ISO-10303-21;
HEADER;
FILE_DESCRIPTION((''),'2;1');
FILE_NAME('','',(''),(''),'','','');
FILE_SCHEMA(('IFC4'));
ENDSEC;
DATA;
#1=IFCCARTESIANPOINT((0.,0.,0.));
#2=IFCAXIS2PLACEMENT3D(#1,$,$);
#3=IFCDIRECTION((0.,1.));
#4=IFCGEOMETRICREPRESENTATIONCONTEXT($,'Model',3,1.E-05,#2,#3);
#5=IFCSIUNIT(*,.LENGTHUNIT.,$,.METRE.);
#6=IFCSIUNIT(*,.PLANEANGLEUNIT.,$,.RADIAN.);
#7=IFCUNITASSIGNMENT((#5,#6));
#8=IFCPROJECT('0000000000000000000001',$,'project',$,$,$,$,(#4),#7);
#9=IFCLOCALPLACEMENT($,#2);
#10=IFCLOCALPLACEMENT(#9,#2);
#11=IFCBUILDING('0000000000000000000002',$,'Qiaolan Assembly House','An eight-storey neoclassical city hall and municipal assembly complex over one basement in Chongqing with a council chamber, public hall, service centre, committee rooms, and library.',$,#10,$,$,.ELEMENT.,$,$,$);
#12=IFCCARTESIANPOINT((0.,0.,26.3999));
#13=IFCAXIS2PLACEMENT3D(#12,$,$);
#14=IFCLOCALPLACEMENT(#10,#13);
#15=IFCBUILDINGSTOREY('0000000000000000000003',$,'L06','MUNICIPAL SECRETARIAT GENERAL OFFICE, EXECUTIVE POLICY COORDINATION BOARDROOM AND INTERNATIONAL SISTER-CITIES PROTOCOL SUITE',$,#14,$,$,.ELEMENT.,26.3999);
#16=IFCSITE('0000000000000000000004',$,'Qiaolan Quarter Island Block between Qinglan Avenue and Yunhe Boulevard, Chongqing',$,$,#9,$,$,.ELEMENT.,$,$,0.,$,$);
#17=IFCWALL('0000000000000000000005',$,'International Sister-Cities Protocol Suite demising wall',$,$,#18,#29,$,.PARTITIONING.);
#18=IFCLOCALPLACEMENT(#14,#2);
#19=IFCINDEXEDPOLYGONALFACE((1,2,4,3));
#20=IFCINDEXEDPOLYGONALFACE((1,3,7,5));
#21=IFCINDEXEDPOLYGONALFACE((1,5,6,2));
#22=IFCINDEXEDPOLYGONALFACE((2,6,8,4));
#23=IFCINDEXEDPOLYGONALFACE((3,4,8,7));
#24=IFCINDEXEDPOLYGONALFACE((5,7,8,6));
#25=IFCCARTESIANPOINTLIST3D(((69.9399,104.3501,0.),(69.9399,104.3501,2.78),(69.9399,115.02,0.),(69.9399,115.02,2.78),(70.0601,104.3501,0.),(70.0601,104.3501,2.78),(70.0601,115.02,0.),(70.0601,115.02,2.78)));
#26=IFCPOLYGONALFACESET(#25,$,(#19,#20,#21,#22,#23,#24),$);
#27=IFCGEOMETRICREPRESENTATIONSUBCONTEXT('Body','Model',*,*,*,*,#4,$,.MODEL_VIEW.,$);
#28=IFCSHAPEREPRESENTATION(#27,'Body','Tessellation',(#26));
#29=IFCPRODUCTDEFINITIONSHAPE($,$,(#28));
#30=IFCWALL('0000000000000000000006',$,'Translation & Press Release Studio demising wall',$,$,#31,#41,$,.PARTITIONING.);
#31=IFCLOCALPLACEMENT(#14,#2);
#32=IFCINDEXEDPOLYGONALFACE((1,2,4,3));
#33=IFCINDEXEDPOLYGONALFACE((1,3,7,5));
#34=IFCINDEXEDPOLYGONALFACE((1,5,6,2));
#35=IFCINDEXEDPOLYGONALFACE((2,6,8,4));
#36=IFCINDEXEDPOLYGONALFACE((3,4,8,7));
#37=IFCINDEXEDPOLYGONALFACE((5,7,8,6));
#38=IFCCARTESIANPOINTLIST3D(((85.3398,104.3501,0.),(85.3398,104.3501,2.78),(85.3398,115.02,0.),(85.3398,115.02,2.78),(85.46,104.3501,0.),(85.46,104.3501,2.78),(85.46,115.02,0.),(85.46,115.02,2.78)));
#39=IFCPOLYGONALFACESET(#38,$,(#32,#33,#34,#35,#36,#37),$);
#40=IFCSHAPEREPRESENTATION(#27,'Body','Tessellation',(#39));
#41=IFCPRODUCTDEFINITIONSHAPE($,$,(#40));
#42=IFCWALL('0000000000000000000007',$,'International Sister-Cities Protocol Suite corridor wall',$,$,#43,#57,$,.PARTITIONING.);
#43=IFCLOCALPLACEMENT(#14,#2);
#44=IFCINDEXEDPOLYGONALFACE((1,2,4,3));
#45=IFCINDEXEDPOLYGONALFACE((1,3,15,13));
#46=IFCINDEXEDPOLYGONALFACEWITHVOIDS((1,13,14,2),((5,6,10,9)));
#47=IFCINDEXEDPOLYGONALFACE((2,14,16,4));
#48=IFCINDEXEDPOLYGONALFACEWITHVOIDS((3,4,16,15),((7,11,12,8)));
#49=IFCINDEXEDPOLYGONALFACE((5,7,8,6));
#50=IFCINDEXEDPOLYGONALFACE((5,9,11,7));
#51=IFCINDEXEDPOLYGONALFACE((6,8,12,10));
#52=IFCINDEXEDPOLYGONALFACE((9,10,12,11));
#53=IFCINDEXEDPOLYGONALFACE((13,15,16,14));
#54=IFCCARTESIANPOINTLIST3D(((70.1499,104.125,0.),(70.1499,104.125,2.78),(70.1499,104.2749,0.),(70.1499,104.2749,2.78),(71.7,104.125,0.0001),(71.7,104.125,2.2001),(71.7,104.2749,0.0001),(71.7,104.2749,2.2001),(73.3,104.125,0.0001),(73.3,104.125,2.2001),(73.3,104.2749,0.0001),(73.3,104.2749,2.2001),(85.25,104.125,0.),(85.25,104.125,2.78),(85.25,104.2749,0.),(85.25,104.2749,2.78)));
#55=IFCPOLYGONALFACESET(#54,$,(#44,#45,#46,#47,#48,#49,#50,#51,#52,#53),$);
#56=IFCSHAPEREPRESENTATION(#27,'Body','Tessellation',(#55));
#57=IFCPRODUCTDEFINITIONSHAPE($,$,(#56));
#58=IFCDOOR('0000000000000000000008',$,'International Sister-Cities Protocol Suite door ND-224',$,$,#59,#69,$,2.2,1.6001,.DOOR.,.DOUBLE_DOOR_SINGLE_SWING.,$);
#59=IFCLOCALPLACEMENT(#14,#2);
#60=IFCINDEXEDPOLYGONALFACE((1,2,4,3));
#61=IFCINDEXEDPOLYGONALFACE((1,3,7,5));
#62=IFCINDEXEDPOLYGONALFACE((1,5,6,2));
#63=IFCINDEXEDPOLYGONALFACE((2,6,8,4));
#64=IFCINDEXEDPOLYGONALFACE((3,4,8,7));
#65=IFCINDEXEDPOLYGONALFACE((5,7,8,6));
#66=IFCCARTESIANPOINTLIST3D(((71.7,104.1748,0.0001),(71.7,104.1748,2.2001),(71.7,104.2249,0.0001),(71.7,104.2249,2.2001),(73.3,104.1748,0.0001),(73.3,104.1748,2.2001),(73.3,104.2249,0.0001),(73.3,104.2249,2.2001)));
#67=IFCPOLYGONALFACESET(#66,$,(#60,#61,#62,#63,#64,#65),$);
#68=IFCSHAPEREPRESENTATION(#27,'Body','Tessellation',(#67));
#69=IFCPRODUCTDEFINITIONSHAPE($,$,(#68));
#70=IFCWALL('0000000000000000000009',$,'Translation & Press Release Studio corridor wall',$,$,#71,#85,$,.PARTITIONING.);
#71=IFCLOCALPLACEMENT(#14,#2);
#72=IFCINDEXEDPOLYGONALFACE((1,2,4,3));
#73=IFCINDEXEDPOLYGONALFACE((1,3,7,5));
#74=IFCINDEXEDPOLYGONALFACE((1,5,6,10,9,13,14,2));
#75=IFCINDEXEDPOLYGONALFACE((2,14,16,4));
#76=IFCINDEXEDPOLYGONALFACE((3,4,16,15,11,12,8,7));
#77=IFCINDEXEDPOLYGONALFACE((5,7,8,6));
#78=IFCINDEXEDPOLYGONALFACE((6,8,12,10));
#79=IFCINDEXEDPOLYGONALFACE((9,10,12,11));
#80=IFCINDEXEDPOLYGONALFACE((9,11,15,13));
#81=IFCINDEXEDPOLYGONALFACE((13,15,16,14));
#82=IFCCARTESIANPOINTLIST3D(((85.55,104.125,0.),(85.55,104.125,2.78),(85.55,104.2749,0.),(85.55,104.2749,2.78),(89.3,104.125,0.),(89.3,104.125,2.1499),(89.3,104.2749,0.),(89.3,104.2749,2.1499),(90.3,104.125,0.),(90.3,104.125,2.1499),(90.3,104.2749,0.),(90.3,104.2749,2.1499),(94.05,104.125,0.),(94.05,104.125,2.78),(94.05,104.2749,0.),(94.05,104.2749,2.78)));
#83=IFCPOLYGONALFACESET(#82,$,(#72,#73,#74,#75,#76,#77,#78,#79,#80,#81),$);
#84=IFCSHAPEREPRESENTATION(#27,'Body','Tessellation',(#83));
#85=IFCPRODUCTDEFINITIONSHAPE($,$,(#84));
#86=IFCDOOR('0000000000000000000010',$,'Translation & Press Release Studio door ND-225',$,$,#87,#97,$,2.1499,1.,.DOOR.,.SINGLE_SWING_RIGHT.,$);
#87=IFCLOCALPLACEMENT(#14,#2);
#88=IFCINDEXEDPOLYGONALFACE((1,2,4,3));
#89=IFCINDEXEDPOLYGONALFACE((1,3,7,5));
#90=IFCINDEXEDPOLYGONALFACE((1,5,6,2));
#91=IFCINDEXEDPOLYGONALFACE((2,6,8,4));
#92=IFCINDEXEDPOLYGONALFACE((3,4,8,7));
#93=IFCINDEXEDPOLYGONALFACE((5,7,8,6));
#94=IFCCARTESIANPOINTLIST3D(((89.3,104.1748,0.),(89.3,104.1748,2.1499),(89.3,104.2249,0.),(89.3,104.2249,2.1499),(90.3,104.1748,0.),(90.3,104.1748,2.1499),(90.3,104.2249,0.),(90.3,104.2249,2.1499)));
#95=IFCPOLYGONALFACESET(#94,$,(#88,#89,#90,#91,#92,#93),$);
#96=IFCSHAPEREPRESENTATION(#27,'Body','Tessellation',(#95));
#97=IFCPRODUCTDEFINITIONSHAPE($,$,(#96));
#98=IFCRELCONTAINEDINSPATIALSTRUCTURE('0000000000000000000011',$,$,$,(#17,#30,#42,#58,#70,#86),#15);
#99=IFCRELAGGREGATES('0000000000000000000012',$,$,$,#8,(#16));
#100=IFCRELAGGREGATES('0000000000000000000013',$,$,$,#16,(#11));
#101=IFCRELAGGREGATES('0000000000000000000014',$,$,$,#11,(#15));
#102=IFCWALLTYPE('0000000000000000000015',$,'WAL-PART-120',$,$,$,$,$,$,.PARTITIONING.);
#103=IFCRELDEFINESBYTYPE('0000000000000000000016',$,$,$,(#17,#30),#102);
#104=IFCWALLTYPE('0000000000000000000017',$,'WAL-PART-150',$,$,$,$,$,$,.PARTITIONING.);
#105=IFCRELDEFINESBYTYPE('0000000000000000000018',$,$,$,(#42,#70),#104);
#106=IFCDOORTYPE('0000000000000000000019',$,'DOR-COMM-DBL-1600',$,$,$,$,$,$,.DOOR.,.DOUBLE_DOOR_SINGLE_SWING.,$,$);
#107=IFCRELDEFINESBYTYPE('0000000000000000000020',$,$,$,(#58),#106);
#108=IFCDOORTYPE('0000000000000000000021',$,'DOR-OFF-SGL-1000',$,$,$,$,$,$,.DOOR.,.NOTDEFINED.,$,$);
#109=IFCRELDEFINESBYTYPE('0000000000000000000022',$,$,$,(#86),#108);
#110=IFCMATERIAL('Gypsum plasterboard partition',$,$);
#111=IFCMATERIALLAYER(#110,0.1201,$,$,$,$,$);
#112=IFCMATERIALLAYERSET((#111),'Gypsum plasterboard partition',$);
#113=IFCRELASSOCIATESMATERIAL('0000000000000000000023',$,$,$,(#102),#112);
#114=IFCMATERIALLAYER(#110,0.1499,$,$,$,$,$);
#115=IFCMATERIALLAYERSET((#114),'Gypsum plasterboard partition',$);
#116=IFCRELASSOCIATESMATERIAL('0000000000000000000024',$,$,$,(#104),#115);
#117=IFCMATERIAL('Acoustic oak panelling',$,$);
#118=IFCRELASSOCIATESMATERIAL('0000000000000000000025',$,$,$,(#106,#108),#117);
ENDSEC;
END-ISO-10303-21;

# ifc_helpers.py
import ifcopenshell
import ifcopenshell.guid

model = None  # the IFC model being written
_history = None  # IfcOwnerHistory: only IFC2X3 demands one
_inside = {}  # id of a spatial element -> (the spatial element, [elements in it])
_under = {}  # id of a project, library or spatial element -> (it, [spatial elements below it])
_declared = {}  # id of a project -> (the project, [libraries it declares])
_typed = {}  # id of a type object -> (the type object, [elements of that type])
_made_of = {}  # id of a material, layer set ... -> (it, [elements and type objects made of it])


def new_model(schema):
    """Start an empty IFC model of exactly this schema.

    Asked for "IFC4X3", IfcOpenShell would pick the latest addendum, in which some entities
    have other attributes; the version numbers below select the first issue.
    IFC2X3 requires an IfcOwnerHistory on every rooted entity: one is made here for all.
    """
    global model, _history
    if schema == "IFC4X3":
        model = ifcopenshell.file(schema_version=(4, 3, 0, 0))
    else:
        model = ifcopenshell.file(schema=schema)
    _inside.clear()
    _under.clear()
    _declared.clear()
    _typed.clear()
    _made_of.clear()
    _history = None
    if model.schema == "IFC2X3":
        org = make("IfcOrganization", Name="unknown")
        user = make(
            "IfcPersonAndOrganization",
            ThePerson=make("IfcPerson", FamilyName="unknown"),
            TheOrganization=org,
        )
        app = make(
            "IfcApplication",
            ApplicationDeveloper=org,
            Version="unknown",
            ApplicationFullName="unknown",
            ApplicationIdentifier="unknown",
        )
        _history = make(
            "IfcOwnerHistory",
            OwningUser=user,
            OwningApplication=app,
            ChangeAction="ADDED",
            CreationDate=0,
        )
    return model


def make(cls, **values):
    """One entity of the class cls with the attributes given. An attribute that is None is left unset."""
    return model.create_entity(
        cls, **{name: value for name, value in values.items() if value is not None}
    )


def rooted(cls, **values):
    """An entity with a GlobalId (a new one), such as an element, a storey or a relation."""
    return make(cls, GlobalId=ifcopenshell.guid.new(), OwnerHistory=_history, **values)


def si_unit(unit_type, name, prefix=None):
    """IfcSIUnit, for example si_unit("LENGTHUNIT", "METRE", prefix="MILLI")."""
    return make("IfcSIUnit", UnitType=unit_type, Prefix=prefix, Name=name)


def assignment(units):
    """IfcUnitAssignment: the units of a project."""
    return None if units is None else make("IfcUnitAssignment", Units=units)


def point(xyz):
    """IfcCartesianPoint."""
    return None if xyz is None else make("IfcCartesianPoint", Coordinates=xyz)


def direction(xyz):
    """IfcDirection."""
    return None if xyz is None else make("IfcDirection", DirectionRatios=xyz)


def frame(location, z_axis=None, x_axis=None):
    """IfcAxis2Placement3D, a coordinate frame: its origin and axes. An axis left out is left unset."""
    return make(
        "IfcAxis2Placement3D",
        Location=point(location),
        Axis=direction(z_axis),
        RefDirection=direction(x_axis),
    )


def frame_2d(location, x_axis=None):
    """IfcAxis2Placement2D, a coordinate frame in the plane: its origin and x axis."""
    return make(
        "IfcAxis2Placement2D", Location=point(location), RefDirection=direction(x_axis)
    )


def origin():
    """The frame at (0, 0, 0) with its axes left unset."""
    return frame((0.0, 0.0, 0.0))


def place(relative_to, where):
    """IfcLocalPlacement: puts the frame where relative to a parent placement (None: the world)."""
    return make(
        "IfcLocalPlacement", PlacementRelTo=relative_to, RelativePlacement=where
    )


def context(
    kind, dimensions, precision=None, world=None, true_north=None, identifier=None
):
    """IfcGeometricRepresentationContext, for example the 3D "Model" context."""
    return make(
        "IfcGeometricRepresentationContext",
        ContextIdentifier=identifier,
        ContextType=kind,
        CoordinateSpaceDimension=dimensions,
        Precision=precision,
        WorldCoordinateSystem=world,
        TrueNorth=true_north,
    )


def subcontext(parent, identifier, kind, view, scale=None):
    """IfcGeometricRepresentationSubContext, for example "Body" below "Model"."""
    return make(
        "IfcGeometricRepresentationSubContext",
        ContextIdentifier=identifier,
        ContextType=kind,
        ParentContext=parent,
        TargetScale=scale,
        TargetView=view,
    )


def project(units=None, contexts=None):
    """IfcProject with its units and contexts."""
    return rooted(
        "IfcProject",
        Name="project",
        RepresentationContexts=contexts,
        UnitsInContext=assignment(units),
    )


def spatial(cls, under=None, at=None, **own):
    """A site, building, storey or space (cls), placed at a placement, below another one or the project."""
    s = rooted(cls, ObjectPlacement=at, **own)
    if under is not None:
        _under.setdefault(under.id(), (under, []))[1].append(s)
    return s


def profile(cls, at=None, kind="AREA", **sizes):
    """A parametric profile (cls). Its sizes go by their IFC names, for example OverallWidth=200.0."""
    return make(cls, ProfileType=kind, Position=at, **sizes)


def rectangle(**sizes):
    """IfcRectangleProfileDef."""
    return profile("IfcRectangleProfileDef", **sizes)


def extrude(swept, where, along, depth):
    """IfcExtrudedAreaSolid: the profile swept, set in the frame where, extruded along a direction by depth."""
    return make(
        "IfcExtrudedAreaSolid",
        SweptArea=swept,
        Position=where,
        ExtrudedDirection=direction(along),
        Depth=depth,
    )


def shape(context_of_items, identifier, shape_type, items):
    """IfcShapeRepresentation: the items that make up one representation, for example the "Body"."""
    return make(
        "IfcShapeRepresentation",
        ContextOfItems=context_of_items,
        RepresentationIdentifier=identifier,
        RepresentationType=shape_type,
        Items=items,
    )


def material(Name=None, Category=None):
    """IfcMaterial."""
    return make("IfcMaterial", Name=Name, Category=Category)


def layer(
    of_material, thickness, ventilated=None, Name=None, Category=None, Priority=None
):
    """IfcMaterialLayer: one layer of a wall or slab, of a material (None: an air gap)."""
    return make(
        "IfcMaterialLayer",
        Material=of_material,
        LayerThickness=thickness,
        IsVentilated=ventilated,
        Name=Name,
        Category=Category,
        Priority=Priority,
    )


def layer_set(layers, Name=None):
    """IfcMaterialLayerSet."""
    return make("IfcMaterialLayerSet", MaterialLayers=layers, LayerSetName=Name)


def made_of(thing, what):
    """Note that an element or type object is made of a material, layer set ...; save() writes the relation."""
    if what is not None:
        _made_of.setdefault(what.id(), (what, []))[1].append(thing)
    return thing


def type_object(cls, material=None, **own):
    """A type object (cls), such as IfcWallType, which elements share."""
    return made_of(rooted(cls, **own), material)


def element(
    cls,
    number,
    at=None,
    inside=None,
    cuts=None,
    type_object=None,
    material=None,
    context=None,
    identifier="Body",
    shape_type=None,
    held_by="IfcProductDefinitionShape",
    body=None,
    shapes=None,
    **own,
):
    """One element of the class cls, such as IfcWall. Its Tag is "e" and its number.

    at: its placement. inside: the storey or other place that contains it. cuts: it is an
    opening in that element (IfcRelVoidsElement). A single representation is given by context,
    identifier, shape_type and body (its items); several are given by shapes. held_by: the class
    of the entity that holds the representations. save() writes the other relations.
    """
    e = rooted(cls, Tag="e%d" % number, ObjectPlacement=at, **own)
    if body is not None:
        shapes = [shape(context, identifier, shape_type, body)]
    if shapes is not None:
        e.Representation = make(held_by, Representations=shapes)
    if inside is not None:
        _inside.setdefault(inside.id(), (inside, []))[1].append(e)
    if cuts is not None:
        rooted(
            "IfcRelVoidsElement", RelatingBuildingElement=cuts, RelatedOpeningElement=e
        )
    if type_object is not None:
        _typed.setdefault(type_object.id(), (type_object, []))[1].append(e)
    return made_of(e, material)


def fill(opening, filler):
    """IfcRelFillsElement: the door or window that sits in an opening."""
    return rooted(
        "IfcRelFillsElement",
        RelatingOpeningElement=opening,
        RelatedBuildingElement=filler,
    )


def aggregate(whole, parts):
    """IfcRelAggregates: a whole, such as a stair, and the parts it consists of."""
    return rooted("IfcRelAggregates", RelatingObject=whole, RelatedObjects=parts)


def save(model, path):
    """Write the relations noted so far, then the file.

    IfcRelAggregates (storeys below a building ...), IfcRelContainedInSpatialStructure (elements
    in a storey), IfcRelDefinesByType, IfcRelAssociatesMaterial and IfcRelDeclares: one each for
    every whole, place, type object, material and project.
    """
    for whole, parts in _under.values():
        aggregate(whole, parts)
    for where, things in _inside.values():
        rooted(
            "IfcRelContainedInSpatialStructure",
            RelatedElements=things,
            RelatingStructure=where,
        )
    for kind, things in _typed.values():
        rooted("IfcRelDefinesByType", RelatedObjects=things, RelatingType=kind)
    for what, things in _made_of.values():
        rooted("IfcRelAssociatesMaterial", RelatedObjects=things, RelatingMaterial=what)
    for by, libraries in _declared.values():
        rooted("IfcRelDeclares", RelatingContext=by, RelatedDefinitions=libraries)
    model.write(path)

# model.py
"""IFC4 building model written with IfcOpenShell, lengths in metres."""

from ifc_helpers import new_model, si_unit, direction, frame, frame_2d, origin, place, context, subcontext, project, spatial, rectangle, extrude, material, layer, layer_set, type_object, element, fill, save


model = new_model("IFC4")

# Units and contexts
model_context = context("Model", 3, precision=1e-05, world=origin(), true_north=direction((0.0, 1.0)))
body_context = subcontext(model_context, "Body", "Model", "MODEL_VIEW")
ifc_project = project(units=[si_unit("LENGTHUNIT", "METRE"), si_unit("PLANEANGLEUNIT", "RADIAN")], contexts=[model_context])

# Site, building, storey
site_placement = place(None, origin())
site = spatial("IfcSite", under=ifc_project, at=site_placement, Name="Qiaolan Quarter Island Block between Qinglan Avenue and Yunhe Boulevard, Chongqing", CompositionType="ELEMENT", RefElevation=0.0)
building_placement = place(site_placement, origin())
building = spatial("IfcBuilding", under=site, at=building_placement, Name="Qiaolan Assembly House", Description="An eight-storey neoclassical city hall and municipal assembly complex over one basement in Chongqing with a council chamber, public hall, service centre, committee rooms, and library.", CompositionType="ELEMENT")
storey_placement = place(building_placement, frame((0.0, 0.0, 26.3999)))
storey = spatial("IfcBuildingStorey", under=building, at=storey_placement, Name="L06", Description="MUNICIPAL SECRETARIAT GENERAL OFFICE, EXECUTIVE POLICY COORDINATION BOARDROOM AND INTERNATIONAL SISTER-CITIES PROTOCOL SUITE", CompositionType="ELEMENT", Elevation=26.3999)

# Walls
ifc_material_1 = material(Name="Gypsum plasterboard partition")
ifc_layer_1 = layer(ifc_material_1, 0.1201)
ifc_layer_set_1 = layer_set([ifc_layer_1], Name="Gypsum plasterboard partition")
wall_type_1 = type_object("IfcWallType", Name="WAL-PART-120", PredefinedType="PARTITIONING", material=ifc_layer_set_1)
for number, where, z_axis, x_axis, name in (
    (1, (70.0, 104.3501, 0.0), (0.0, 0.0, 1.0), (0.0, 1.0, 0.0), "International Sister-Cities Protocol Suite demising wall"),
    (2, (85.3999, 104.3501, 0.0), (0.0, 0.0, 1.0), (0.0, 1.0, 0.0), "Translation & Press Release Studio demising wall"),
):
    element("IfcWall", number, at=place(storey_placement, frame(where, z_axis=z_axis, x_axis=x_axis)), inside=storey, type_object=wall_type_1, Name=name, PredefinedType="PARTITIONING", context=body_context, shape_type="SweptSolid", body=[
        extrude(rectangle(XDim=10.6699, YDim=0.1201, at=frame_2d((5.335, 0.0))), origin(), (0.0, 0.0, 1.0), 2.78),
    ])

# Walls, openings, doors
ifc_layer_2 = layer(ifc_material_1, 0.1499)
ifc_layer_set_2 = layer_set([ifc_layer_2], Name="Gypsum plasterboard partition")
wall_type_2 = type_object("IfcWallType", Name="WAL-PART-150", PredefinedType="PARTITIONING", material=ifc_layer_set_2)
wall_1_placement = place(storey_placement, frame((70.1499, 104.2, 0.0), z_axis=(0.0, 0.0, 1.0), x_axis=(1.0, 0.0, 0.0)))
wall_1 = element("IfcWall", 3, at=wall_1_placement, inside=storey, type_object=wall_type_2, Name="International Sister-Cities Protocol Suite corridor wall", PredefinedType="PARTITIONING", context=body_context, shape_type="SweptSolid", body=[
    extrude(rectangle(XDim=15.1001, YDim=0.1499, at=frame_2d((7.55, 0.0))), origin(), (0.0, 0.0, 1.0), 2.78),
])
opening_1_placement = place(wall_1_placement, frame((1.55, 0.0, 0.0)))
opening_1 = element("IfcOpeningElement", 4, at=opening_1_placement, cuts=wall_1, PredefinedType="OPENING", context=body_context, shape_type="SweptSolid", body=[
    extrude(rectangle(XDim=1.6001, YDim=2.2, at=frame_2d((0.8, 1.1001))), frame((0.0, 0.085, 0.0), z_axis=(0.0, -1.0, 0.0), x_axis=(1.0, 0.0, 0.0)), (0.0, 0.0, 1.0), 0.1699),
])
ifc_material_2 = material(Name="Acoustic oak panelling")
door_type_1 = type_object("IfcDoorType", Name="DOR-COMM-DBL-1600", OperationType="DOUBLE_DOOR_SINGLE_SWING", PredefinedType="DOOR", material=ifc_material_2)
door_1_placement = place(opening_1_placement, origin())
door_1 = element("IfcDoor", 5, at=door_1_placement, inside=storey, type_object=door_type_1, Name="International Sister-Cities Protocol Suite door ND-224", OperationType="DOUBLE_DOOR_SINGLE_SWING", OverallHeight=2.2, OverallWidth=1.6001, PredefinedType="DOOR", context=body_context, shape_type="SweptSolid", body=[
    extrude(rectangle(XDim=1.6001, YDim=2.2, at=frame_2d((0.8, 1.1001))), frame((0.0, 0.0249, 0.0), z_axis=(0.0, -1.0, 0.0), x_axis=(1.0, 0.0, 0.0)), (0.0, 0.0, 1.0), 0.05),
])
fill(opening_1, door_1)
wall_2_placement = place(storey_placement, frame((85.55, 104.2, 0.0), z_axis=(0.0, 0.0, 1.0), x_axis=(1.0, 0.0, 0.0)))
wall_2 = element("IfcWall", 6, at=wall_2_placement, inside=storey, type_object=wall_type_2, Name="Translation & Press Release Studio corridor wall", PredefinedType="PARTITIONING", context=body_context, shape_type="SweptSolid", body=[
    extrude(rectangle(XDim=8.5, YDim=0.1499, at=frame_2d((4.25, 0.0))), origin(), (0.0, 0.0, 1.0), 2.78),
])
opening_2_placement = place(wall_2_placement, frame((3.75, 0.0, 0.0)))
opening_2 = element("IfcOpeningElement", 7, at=opening_2_placement, cuts=wall_2, PredefinedType="OPENING", context=body_context, shape_type="SweptSolid", body=[
    extrude(rectangle(XDim=1.0, YDim=2.1499, at=frame_2d((0.5, 1.075))), frame((0.0, 0.085, 0.0), z_axis=(0.0, -1.0, 0.0), x_axis=(1.0, 0.0, 0.0)), (0.0, 0.0, 1.0), 0.1699),
])
door_type_2 = type_object("IfcDoorType", Name="DOR-OFF-SGL-1000", OperationType="NOTDEFINED", PredefinedType="DOOR", material=ifc_material_2)
door_2_placement = place(opening_2_placement, origin())
door_2 = element("IfcDoor", 8, at=door_2_placement, inside=storey, type_object=door_type_2, Name="Translation & Press Release Studio door ND-225", OperationType="SINGLE_SWING_RIGHT", OverallHeight=2.1499, OverallWidth=1.0, PredefinedType="DOOR", context=body_context, shape_type="SweptSolid", body=[
    extrude(rectangle(XDim=1.0, YDim=2.1499, at=frame_2d((0.5, 1.075))), frame((0.0, 0.0249, 0.0), z_axis=(0.0, -1.0, 0.0), x_axis=(1.0, 0.0, 0.0)), (0.0, 0.0, 1.0), 0.05),
])
fill(opening_2, door_2)

save(model, "model.ifc")
